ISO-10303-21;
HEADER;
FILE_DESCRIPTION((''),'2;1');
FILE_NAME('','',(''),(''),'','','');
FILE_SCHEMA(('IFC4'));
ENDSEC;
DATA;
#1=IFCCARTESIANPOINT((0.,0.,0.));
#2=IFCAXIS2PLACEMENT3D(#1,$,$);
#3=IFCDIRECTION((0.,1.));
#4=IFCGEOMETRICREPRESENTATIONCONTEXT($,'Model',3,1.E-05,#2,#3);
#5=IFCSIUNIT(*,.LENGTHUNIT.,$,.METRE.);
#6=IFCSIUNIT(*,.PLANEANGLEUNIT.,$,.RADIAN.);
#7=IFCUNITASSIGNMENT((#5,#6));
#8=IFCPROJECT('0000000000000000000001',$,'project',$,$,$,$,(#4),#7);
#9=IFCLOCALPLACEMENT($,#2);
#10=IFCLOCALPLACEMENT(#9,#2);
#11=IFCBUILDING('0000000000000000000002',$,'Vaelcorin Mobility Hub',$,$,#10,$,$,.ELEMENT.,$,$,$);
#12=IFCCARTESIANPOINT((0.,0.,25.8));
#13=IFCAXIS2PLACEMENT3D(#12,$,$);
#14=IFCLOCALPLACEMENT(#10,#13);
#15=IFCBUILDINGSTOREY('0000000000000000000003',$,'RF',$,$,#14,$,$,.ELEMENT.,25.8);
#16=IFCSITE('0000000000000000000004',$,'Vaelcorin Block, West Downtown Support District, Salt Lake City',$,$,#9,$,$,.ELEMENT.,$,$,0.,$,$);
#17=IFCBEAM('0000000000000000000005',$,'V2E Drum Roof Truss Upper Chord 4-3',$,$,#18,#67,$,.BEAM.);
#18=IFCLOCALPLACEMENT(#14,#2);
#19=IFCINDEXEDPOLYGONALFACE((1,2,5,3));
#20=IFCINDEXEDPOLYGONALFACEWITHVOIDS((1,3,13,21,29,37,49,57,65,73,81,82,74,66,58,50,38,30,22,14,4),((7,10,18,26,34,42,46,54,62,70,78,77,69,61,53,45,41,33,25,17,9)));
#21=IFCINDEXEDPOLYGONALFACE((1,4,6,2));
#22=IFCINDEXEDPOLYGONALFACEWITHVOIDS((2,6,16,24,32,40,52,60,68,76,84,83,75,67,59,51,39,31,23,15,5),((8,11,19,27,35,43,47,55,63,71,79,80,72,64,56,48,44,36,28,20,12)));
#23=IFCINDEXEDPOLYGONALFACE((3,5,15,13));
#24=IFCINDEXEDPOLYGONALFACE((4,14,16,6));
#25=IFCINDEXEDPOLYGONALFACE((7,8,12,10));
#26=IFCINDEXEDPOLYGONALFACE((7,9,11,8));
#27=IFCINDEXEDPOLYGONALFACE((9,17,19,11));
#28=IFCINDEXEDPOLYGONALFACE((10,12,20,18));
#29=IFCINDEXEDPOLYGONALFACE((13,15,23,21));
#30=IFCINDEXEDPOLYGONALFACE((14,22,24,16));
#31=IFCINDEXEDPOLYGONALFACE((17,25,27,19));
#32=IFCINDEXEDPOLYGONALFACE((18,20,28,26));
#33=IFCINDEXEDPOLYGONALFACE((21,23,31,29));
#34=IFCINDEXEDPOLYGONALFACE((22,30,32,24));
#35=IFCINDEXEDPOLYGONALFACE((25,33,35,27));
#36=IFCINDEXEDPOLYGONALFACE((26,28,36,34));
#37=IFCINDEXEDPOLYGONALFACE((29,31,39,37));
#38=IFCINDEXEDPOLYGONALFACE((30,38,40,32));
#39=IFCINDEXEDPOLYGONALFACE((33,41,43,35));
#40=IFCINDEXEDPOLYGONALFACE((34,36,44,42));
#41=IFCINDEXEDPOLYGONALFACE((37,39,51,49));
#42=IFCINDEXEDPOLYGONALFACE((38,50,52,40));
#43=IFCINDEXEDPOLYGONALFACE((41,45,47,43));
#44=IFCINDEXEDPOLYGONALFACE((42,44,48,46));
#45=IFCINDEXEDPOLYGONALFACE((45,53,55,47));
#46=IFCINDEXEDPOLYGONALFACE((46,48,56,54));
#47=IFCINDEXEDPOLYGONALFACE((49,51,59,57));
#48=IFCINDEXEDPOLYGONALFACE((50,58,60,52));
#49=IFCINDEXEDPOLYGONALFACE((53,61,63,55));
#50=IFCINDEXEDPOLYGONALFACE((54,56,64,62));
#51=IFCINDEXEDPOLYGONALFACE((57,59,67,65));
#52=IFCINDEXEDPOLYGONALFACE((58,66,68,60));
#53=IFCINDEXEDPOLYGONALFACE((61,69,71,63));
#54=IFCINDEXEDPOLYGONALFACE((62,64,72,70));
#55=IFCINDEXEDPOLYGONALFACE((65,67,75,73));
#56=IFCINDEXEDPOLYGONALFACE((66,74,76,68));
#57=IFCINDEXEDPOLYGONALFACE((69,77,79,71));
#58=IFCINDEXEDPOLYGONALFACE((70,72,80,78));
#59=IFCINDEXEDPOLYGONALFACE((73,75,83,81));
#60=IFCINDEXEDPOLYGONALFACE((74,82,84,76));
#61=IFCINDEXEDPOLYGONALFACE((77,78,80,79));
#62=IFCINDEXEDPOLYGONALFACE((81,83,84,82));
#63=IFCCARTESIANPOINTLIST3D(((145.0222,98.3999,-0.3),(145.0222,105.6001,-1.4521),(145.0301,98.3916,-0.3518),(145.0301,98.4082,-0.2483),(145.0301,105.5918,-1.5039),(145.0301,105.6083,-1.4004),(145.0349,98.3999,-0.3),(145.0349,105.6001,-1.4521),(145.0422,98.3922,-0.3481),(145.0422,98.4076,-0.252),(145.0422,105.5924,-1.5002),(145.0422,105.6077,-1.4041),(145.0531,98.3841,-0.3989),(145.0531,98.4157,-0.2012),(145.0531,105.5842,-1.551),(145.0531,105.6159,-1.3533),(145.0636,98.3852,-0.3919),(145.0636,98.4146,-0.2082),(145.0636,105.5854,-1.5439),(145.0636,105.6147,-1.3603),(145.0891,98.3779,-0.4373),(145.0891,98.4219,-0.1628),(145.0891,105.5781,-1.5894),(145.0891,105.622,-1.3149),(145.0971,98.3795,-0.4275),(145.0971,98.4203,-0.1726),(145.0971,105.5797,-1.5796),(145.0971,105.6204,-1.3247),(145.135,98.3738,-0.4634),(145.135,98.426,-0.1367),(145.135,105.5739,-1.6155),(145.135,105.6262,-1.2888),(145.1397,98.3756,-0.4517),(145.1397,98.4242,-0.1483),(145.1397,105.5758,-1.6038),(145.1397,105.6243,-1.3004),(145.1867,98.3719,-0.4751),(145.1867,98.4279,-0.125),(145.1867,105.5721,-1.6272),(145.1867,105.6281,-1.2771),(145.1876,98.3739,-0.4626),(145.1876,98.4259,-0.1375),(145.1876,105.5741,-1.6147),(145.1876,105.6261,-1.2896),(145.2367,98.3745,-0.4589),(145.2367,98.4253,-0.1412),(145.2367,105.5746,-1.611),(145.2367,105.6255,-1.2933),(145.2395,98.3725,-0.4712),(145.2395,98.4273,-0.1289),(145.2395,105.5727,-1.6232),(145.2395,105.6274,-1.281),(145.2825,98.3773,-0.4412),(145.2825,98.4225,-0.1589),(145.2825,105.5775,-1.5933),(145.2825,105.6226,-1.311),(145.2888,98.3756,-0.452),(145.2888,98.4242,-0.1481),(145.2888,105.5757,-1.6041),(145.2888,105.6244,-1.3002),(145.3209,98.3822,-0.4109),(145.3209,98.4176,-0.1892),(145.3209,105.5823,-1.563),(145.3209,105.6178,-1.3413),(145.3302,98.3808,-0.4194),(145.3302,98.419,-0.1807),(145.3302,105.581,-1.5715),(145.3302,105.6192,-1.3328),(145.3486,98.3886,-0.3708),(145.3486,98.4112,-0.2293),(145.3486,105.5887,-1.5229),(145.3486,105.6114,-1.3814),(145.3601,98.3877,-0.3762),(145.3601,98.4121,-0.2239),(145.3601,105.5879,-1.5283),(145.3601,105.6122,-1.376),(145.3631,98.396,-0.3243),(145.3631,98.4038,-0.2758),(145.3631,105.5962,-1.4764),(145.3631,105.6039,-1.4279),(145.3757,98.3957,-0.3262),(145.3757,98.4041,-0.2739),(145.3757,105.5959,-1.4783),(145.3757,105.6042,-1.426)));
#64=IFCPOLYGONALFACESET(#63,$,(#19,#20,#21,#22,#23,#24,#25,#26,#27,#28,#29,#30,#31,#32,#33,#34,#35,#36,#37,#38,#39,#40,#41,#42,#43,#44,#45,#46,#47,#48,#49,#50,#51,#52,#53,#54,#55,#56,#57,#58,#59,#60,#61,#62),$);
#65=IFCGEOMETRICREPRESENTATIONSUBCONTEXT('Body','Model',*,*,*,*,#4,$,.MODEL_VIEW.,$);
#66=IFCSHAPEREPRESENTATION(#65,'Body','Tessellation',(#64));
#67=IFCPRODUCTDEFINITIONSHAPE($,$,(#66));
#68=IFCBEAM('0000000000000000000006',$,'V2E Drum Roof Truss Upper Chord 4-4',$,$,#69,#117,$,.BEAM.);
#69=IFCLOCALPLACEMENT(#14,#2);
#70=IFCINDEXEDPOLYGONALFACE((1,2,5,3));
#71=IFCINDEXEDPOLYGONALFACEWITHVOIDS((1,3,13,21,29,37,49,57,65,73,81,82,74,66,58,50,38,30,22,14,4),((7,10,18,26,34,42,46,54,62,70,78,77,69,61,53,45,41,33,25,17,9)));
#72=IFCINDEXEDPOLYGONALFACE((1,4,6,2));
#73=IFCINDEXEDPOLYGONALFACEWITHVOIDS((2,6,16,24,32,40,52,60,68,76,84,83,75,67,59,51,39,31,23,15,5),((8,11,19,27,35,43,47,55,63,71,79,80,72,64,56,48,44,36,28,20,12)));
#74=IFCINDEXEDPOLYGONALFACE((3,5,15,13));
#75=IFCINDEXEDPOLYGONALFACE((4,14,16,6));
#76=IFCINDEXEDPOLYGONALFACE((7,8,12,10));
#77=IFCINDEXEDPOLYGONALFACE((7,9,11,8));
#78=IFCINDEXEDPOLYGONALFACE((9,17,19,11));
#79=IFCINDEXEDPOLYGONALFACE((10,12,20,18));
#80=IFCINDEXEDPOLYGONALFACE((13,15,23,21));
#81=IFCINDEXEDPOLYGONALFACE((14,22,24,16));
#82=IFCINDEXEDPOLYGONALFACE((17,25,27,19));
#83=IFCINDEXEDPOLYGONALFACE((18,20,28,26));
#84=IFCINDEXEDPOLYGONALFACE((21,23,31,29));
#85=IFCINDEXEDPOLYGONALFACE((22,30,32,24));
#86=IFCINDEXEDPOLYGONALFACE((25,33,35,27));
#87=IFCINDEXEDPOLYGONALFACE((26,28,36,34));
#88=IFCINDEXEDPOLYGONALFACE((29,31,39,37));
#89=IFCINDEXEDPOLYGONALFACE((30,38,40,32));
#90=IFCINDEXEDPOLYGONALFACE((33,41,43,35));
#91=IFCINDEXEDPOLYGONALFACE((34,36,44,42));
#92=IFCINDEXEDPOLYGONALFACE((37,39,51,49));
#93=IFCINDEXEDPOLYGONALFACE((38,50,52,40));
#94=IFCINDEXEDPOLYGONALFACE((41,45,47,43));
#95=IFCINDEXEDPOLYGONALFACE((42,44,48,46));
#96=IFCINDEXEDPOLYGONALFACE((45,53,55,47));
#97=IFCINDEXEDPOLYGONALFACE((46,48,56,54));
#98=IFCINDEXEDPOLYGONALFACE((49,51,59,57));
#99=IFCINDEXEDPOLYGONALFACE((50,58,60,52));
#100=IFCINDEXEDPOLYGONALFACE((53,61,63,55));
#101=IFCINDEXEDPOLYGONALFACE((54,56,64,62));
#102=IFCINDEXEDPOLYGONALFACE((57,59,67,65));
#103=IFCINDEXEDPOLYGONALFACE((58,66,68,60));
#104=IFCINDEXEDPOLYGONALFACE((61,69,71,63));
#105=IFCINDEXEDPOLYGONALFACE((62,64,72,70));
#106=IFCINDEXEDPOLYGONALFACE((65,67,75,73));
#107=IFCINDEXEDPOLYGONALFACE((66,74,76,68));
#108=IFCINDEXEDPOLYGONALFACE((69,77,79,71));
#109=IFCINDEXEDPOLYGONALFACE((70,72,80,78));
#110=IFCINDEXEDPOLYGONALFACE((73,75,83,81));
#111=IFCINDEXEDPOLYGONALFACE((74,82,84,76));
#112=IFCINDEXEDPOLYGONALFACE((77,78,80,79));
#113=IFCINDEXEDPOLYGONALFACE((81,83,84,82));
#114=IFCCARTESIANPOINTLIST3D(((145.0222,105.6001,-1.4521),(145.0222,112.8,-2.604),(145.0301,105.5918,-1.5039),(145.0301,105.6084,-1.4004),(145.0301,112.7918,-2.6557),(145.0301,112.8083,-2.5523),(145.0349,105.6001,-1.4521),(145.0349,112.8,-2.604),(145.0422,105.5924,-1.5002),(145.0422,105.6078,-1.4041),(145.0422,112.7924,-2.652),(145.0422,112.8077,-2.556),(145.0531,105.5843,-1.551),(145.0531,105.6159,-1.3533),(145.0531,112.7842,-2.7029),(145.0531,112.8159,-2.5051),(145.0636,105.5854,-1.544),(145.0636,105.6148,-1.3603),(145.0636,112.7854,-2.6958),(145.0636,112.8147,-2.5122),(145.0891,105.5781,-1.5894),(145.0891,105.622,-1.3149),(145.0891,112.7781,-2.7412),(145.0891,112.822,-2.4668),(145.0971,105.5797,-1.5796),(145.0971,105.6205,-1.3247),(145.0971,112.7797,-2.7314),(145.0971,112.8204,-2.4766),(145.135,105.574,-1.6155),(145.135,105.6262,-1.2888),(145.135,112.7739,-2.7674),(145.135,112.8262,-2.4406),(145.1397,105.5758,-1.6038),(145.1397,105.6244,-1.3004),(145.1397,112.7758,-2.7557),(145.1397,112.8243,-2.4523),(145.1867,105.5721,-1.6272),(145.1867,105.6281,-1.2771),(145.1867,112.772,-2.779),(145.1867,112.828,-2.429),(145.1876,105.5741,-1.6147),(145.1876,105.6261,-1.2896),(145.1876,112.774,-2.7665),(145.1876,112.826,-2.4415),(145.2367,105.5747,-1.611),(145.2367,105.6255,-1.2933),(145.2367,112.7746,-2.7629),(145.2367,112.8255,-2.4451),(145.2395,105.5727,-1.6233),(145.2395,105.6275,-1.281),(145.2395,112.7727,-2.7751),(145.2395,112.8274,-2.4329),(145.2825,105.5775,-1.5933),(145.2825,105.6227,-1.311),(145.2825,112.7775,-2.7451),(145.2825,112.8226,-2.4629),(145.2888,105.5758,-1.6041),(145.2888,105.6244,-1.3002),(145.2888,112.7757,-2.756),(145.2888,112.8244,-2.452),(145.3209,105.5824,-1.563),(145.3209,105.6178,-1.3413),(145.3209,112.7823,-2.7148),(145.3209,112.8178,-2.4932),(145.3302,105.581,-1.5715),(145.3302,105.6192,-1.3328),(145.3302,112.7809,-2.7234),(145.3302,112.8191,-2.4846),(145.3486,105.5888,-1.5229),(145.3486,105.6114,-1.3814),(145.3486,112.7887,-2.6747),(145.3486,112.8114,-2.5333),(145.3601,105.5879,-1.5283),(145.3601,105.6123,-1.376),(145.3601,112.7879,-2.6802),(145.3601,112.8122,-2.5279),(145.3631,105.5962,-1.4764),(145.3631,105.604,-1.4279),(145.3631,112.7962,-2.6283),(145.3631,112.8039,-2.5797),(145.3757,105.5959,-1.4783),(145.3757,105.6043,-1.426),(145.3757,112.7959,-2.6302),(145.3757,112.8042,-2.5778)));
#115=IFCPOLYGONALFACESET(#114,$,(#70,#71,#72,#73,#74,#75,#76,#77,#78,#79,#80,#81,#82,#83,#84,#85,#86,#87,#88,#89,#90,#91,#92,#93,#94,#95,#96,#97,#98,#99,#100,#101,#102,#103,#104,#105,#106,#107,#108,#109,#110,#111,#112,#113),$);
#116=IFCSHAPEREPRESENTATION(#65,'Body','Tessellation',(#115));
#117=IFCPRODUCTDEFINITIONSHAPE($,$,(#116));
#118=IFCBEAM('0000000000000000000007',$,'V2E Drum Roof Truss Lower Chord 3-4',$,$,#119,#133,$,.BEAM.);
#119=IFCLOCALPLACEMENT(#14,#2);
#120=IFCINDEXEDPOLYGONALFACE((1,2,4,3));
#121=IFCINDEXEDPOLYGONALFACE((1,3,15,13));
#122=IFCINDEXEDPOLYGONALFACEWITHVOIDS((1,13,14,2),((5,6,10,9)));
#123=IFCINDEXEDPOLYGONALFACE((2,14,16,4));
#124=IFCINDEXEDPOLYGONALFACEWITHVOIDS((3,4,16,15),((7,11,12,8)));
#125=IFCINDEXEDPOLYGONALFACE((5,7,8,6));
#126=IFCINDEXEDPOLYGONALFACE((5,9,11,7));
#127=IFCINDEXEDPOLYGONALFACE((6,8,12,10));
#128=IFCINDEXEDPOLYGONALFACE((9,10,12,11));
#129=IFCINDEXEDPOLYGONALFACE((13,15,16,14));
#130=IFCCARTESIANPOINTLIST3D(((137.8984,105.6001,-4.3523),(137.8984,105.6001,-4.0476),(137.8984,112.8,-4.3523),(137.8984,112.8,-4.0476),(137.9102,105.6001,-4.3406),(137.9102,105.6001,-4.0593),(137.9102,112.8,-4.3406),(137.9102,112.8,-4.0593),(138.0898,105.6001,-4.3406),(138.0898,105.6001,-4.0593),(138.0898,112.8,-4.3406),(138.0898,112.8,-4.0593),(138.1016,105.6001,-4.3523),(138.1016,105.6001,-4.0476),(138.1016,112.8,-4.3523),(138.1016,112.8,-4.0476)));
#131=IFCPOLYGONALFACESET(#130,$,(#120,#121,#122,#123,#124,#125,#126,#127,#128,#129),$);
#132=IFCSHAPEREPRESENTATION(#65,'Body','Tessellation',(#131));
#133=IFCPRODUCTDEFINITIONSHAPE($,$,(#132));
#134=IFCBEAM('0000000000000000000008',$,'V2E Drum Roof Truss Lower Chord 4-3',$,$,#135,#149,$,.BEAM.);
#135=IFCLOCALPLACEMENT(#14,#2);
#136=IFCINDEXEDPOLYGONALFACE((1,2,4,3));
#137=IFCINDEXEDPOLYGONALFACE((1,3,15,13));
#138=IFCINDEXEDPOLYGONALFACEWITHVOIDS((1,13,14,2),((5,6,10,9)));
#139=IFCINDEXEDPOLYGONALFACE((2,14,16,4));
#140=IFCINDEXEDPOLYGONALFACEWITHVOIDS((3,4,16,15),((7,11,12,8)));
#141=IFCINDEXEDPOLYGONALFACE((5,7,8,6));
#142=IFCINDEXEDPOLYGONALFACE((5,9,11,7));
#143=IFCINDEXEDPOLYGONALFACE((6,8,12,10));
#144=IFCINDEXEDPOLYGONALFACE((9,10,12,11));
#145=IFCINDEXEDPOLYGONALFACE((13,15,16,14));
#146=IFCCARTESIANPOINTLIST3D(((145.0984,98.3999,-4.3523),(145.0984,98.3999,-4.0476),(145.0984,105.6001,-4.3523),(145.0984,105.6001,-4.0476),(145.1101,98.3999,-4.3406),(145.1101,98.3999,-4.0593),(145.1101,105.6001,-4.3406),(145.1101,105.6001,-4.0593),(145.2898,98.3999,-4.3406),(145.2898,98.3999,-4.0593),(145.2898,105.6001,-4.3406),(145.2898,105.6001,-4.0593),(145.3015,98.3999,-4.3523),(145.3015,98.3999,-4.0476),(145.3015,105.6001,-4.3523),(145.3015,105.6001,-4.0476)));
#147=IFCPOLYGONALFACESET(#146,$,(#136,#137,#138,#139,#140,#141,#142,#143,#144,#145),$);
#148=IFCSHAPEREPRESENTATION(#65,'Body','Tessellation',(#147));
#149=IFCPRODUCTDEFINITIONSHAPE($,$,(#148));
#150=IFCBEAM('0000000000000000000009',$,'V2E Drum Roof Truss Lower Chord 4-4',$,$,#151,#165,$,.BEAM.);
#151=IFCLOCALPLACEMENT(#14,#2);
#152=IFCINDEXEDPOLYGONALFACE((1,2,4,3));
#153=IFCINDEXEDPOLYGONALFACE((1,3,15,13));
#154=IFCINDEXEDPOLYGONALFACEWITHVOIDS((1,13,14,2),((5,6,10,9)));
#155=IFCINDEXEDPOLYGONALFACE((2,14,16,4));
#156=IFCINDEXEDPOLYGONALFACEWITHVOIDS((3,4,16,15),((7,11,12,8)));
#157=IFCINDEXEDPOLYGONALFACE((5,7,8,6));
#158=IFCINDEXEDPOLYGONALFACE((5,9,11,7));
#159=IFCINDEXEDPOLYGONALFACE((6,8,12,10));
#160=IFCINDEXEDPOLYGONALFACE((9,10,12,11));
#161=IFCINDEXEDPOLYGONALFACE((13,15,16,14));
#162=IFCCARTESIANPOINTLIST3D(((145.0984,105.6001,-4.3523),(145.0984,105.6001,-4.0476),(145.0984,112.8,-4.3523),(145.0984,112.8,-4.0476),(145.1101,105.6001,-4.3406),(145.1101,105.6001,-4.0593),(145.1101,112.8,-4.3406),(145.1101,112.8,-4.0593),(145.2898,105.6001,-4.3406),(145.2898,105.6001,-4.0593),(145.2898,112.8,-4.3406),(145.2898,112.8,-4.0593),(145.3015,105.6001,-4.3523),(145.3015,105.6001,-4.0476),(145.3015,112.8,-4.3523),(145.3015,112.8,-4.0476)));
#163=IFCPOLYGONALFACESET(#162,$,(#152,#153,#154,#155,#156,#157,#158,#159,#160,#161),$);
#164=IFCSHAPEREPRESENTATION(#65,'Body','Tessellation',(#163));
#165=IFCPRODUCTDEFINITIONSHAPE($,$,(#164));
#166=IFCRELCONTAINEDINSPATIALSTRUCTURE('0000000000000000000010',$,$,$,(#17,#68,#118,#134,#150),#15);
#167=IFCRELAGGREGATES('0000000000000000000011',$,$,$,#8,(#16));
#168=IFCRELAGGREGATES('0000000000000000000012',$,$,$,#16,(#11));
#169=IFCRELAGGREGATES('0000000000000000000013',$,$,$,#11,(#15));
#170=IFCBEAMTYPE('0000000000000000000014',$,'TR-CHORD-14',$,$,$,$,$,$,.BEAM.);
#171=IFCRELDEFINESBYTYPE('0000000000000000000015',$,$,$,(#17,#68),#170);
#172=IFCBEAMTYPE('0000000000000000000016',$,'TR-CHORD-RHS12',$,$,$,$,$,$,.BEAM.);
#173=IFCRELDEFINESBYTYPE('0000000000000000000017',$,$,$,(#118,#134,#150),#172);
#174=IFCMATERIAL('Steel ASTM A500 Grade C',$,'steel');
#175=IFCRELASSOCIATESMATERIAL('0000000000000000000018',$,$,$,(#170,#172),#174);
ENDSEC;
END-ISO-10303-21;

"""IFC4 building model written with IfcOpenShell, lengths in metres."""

from ifc_helpers import new_model, si_unit, direction, frame, origin, origin_2d, place, context, subcontext, project, spatial, hollow_rectangle, hollow_circle, extrude, material, material_profile, profile_set, type_object, element, save


model = new_model("IFC4")

# Units and contexts
model_context = context("Model", 3, precision=1e-05, world=origin(), true_north=direction((0.0, 1.0)))
body_context = subcontext(model_context, "Body", "Model", "MODEL_VIEW")
ifc_project = project(units=[si_unit("LENGTHUNIT", "METRE"), si_unit("PLANEANGLEUNIT", "RADIAN")], contexts=[model_context])

# Site, building, storey
site_placement = place(None, origin())
site = spatial("IfcSite", under=ifc_project, at=site_placement, Name="Vaelcorin Block, West Downtown Support District, Salt Lake City", CompositionType="ELEMENT", RefElevation=0.0)
building_placement = place(site_placement, origin())
building = spatial("IfcBuilding", under=site, at=building_placement, Name="Vaelcorin Mobility Hub", CompositionType="ELEMENT")
storey_placement = place(building_placement, frame((0.0, 0.0, 25.8)))
storey = spatial("IfcBuildingStorey", under=building, at=storey_placement, Name="RF", CompositionType="ELEMENT", Elevation=25.8)

# Shared definitions
ifc_material_1 = material(Name="Steel ASTM A500 Grade C", Category="steel")

# Beams
ifc_material_profile_1 = material_profile(ifc_material_1, hollow_circle(Radius=0.1777, WallThickness=0.0127, at=origin_2d()), Name="HSS14.000X0.500")
ifc_profile_set_1 = profile_set([ifc_material_profile_1], Name="Steel ASTM A500 Grade C")
beam_type_1 = type_object("IfcBeamType", Name="TR-CHORD-14", PredefinedType="BEAM", material=ifc_profile_set_1)
beam_1_placement = place(storey_placement, frame((145.2, 98.3999, -0.3), z_axis=(0.0, 0.987439, -0.158), x_axis=(-1.0, 0.0, 0.0)))
element("IfcBeam", 1, at=beam_1_placement, inside=storey, type_object=beam_type_1, Name="V2E Drum Roof Truss Upper Chord 4-3", PredefinedType="BEAM", context=body_context, shape_type="SweptSolid", body=[
    extrude(hollow_circle(Radius=0.1777, WallThickness=0.0127, at=origin_2d()), origin(), (0.0, 0.0, 1.0), 7.2917),
])
beam_2_placement = place(storey_placement, frame((145.2, 105.6001, -1.4521), z_axis=(0.0, 0.987444, -0.157972), x_axis=(-1.0, 0.0, 0.0)))
element("IfcBeam", 2, at=beam_2_placement, inside=storey, type_object=beam_type_1, Name="V2E Drum Roof Truss Upper Chord 4-4", PredefinedType="BEAM", context=body_context, shape_type="SweptSolid", body=[
    extrude(hollow_circle(Radius=0.1777, WallThickness=0.0127, at=origin_2d()), origin(), (0.0, 0.0, 1.0), 7.2915),
])
ifc_material_profile_2 = material_profile(ifc_material_1, hollow_rectangle(XDim=0.2031, YDim=0.3047, WallThickness=0.0117, at=origin_2d()), Name="HSS12X8X0.500")
ifc_profile_set_2 = profile_set([ifc_material_profile_2], Name="Steel ASTM A500 Grade C")
beam_type_2 = type_object("IfcBeamType", Name="TR-CHORD-RHS12", PredefinedType="BEAM", material=ifc_profile_set_2)
beam_3_placement = place(storey_placement, frame((138.0, 105.6001, -4.2), z_axis=(0.0, 1.0, 0.0), x_axis=(-1.0, 0.0, 0.0)))
element("IfcBeam", 3, at=beam_3_placement, inside=storey, type_object=beam_type_2, Name="V2E Drum Roof Truss Lower Chord 3-4", PredefinedType="BEAM", context=body_context, shape_type="SweptSolid", body=[
    extrude(hollow_rectangle(XDim=0.2031, YDim=0.3047, WallThickness=0.0117, at=origin_2d()), origin(), (0.0, 0.0, 1.0), 7.2),
])
beam_4_placement = place(storey_placement, frame((145.2, 98.3999, -4.2), z_axis=(0.0, 1.0, 0.0), x_axis=(-1.0, 0.0, 0.0)))
element("IfcBeam", 4, at=beam_4_placement, inside=storey, type_object=beam_type_2, Name="V2E Drum Roof Truss Lower Chord 4-3", PredefinedType="BEAM", context=body_context, shape_type="SweptSolid", body=[
    extrude(hollow_rectangle(XDim=0.2031, YDim=0.3047, WallThickness=0.0117, at=origin_2d()), origin(), (0.0, 0.0, 1.0), 7.2002),
])
beam_5_placement = place(storey_placement, frame((145.2, 105.6001, -4.2), z_axis=(0.0, 1.0, 0.0), x_axis=(-1.0, 0.0, 0.0)))
element("IfcBeam", 5, at=beam_5_placement, inside=storey, type_object=beam_type_2, Name="V2E Drum Roof Truss Lower Chord 4-4", PredefinedType="BEAM", context=body_context, shape_type="SweptSolid", body=[
    extrude(hollow_rectangle(XDim=0.2031, YDim=0.3047, WallThickness=0.0117, at=origin_2d()), origin(), (0.0, 0.0, 1.0), 7.2),
])

save(model, "model.ifc")
